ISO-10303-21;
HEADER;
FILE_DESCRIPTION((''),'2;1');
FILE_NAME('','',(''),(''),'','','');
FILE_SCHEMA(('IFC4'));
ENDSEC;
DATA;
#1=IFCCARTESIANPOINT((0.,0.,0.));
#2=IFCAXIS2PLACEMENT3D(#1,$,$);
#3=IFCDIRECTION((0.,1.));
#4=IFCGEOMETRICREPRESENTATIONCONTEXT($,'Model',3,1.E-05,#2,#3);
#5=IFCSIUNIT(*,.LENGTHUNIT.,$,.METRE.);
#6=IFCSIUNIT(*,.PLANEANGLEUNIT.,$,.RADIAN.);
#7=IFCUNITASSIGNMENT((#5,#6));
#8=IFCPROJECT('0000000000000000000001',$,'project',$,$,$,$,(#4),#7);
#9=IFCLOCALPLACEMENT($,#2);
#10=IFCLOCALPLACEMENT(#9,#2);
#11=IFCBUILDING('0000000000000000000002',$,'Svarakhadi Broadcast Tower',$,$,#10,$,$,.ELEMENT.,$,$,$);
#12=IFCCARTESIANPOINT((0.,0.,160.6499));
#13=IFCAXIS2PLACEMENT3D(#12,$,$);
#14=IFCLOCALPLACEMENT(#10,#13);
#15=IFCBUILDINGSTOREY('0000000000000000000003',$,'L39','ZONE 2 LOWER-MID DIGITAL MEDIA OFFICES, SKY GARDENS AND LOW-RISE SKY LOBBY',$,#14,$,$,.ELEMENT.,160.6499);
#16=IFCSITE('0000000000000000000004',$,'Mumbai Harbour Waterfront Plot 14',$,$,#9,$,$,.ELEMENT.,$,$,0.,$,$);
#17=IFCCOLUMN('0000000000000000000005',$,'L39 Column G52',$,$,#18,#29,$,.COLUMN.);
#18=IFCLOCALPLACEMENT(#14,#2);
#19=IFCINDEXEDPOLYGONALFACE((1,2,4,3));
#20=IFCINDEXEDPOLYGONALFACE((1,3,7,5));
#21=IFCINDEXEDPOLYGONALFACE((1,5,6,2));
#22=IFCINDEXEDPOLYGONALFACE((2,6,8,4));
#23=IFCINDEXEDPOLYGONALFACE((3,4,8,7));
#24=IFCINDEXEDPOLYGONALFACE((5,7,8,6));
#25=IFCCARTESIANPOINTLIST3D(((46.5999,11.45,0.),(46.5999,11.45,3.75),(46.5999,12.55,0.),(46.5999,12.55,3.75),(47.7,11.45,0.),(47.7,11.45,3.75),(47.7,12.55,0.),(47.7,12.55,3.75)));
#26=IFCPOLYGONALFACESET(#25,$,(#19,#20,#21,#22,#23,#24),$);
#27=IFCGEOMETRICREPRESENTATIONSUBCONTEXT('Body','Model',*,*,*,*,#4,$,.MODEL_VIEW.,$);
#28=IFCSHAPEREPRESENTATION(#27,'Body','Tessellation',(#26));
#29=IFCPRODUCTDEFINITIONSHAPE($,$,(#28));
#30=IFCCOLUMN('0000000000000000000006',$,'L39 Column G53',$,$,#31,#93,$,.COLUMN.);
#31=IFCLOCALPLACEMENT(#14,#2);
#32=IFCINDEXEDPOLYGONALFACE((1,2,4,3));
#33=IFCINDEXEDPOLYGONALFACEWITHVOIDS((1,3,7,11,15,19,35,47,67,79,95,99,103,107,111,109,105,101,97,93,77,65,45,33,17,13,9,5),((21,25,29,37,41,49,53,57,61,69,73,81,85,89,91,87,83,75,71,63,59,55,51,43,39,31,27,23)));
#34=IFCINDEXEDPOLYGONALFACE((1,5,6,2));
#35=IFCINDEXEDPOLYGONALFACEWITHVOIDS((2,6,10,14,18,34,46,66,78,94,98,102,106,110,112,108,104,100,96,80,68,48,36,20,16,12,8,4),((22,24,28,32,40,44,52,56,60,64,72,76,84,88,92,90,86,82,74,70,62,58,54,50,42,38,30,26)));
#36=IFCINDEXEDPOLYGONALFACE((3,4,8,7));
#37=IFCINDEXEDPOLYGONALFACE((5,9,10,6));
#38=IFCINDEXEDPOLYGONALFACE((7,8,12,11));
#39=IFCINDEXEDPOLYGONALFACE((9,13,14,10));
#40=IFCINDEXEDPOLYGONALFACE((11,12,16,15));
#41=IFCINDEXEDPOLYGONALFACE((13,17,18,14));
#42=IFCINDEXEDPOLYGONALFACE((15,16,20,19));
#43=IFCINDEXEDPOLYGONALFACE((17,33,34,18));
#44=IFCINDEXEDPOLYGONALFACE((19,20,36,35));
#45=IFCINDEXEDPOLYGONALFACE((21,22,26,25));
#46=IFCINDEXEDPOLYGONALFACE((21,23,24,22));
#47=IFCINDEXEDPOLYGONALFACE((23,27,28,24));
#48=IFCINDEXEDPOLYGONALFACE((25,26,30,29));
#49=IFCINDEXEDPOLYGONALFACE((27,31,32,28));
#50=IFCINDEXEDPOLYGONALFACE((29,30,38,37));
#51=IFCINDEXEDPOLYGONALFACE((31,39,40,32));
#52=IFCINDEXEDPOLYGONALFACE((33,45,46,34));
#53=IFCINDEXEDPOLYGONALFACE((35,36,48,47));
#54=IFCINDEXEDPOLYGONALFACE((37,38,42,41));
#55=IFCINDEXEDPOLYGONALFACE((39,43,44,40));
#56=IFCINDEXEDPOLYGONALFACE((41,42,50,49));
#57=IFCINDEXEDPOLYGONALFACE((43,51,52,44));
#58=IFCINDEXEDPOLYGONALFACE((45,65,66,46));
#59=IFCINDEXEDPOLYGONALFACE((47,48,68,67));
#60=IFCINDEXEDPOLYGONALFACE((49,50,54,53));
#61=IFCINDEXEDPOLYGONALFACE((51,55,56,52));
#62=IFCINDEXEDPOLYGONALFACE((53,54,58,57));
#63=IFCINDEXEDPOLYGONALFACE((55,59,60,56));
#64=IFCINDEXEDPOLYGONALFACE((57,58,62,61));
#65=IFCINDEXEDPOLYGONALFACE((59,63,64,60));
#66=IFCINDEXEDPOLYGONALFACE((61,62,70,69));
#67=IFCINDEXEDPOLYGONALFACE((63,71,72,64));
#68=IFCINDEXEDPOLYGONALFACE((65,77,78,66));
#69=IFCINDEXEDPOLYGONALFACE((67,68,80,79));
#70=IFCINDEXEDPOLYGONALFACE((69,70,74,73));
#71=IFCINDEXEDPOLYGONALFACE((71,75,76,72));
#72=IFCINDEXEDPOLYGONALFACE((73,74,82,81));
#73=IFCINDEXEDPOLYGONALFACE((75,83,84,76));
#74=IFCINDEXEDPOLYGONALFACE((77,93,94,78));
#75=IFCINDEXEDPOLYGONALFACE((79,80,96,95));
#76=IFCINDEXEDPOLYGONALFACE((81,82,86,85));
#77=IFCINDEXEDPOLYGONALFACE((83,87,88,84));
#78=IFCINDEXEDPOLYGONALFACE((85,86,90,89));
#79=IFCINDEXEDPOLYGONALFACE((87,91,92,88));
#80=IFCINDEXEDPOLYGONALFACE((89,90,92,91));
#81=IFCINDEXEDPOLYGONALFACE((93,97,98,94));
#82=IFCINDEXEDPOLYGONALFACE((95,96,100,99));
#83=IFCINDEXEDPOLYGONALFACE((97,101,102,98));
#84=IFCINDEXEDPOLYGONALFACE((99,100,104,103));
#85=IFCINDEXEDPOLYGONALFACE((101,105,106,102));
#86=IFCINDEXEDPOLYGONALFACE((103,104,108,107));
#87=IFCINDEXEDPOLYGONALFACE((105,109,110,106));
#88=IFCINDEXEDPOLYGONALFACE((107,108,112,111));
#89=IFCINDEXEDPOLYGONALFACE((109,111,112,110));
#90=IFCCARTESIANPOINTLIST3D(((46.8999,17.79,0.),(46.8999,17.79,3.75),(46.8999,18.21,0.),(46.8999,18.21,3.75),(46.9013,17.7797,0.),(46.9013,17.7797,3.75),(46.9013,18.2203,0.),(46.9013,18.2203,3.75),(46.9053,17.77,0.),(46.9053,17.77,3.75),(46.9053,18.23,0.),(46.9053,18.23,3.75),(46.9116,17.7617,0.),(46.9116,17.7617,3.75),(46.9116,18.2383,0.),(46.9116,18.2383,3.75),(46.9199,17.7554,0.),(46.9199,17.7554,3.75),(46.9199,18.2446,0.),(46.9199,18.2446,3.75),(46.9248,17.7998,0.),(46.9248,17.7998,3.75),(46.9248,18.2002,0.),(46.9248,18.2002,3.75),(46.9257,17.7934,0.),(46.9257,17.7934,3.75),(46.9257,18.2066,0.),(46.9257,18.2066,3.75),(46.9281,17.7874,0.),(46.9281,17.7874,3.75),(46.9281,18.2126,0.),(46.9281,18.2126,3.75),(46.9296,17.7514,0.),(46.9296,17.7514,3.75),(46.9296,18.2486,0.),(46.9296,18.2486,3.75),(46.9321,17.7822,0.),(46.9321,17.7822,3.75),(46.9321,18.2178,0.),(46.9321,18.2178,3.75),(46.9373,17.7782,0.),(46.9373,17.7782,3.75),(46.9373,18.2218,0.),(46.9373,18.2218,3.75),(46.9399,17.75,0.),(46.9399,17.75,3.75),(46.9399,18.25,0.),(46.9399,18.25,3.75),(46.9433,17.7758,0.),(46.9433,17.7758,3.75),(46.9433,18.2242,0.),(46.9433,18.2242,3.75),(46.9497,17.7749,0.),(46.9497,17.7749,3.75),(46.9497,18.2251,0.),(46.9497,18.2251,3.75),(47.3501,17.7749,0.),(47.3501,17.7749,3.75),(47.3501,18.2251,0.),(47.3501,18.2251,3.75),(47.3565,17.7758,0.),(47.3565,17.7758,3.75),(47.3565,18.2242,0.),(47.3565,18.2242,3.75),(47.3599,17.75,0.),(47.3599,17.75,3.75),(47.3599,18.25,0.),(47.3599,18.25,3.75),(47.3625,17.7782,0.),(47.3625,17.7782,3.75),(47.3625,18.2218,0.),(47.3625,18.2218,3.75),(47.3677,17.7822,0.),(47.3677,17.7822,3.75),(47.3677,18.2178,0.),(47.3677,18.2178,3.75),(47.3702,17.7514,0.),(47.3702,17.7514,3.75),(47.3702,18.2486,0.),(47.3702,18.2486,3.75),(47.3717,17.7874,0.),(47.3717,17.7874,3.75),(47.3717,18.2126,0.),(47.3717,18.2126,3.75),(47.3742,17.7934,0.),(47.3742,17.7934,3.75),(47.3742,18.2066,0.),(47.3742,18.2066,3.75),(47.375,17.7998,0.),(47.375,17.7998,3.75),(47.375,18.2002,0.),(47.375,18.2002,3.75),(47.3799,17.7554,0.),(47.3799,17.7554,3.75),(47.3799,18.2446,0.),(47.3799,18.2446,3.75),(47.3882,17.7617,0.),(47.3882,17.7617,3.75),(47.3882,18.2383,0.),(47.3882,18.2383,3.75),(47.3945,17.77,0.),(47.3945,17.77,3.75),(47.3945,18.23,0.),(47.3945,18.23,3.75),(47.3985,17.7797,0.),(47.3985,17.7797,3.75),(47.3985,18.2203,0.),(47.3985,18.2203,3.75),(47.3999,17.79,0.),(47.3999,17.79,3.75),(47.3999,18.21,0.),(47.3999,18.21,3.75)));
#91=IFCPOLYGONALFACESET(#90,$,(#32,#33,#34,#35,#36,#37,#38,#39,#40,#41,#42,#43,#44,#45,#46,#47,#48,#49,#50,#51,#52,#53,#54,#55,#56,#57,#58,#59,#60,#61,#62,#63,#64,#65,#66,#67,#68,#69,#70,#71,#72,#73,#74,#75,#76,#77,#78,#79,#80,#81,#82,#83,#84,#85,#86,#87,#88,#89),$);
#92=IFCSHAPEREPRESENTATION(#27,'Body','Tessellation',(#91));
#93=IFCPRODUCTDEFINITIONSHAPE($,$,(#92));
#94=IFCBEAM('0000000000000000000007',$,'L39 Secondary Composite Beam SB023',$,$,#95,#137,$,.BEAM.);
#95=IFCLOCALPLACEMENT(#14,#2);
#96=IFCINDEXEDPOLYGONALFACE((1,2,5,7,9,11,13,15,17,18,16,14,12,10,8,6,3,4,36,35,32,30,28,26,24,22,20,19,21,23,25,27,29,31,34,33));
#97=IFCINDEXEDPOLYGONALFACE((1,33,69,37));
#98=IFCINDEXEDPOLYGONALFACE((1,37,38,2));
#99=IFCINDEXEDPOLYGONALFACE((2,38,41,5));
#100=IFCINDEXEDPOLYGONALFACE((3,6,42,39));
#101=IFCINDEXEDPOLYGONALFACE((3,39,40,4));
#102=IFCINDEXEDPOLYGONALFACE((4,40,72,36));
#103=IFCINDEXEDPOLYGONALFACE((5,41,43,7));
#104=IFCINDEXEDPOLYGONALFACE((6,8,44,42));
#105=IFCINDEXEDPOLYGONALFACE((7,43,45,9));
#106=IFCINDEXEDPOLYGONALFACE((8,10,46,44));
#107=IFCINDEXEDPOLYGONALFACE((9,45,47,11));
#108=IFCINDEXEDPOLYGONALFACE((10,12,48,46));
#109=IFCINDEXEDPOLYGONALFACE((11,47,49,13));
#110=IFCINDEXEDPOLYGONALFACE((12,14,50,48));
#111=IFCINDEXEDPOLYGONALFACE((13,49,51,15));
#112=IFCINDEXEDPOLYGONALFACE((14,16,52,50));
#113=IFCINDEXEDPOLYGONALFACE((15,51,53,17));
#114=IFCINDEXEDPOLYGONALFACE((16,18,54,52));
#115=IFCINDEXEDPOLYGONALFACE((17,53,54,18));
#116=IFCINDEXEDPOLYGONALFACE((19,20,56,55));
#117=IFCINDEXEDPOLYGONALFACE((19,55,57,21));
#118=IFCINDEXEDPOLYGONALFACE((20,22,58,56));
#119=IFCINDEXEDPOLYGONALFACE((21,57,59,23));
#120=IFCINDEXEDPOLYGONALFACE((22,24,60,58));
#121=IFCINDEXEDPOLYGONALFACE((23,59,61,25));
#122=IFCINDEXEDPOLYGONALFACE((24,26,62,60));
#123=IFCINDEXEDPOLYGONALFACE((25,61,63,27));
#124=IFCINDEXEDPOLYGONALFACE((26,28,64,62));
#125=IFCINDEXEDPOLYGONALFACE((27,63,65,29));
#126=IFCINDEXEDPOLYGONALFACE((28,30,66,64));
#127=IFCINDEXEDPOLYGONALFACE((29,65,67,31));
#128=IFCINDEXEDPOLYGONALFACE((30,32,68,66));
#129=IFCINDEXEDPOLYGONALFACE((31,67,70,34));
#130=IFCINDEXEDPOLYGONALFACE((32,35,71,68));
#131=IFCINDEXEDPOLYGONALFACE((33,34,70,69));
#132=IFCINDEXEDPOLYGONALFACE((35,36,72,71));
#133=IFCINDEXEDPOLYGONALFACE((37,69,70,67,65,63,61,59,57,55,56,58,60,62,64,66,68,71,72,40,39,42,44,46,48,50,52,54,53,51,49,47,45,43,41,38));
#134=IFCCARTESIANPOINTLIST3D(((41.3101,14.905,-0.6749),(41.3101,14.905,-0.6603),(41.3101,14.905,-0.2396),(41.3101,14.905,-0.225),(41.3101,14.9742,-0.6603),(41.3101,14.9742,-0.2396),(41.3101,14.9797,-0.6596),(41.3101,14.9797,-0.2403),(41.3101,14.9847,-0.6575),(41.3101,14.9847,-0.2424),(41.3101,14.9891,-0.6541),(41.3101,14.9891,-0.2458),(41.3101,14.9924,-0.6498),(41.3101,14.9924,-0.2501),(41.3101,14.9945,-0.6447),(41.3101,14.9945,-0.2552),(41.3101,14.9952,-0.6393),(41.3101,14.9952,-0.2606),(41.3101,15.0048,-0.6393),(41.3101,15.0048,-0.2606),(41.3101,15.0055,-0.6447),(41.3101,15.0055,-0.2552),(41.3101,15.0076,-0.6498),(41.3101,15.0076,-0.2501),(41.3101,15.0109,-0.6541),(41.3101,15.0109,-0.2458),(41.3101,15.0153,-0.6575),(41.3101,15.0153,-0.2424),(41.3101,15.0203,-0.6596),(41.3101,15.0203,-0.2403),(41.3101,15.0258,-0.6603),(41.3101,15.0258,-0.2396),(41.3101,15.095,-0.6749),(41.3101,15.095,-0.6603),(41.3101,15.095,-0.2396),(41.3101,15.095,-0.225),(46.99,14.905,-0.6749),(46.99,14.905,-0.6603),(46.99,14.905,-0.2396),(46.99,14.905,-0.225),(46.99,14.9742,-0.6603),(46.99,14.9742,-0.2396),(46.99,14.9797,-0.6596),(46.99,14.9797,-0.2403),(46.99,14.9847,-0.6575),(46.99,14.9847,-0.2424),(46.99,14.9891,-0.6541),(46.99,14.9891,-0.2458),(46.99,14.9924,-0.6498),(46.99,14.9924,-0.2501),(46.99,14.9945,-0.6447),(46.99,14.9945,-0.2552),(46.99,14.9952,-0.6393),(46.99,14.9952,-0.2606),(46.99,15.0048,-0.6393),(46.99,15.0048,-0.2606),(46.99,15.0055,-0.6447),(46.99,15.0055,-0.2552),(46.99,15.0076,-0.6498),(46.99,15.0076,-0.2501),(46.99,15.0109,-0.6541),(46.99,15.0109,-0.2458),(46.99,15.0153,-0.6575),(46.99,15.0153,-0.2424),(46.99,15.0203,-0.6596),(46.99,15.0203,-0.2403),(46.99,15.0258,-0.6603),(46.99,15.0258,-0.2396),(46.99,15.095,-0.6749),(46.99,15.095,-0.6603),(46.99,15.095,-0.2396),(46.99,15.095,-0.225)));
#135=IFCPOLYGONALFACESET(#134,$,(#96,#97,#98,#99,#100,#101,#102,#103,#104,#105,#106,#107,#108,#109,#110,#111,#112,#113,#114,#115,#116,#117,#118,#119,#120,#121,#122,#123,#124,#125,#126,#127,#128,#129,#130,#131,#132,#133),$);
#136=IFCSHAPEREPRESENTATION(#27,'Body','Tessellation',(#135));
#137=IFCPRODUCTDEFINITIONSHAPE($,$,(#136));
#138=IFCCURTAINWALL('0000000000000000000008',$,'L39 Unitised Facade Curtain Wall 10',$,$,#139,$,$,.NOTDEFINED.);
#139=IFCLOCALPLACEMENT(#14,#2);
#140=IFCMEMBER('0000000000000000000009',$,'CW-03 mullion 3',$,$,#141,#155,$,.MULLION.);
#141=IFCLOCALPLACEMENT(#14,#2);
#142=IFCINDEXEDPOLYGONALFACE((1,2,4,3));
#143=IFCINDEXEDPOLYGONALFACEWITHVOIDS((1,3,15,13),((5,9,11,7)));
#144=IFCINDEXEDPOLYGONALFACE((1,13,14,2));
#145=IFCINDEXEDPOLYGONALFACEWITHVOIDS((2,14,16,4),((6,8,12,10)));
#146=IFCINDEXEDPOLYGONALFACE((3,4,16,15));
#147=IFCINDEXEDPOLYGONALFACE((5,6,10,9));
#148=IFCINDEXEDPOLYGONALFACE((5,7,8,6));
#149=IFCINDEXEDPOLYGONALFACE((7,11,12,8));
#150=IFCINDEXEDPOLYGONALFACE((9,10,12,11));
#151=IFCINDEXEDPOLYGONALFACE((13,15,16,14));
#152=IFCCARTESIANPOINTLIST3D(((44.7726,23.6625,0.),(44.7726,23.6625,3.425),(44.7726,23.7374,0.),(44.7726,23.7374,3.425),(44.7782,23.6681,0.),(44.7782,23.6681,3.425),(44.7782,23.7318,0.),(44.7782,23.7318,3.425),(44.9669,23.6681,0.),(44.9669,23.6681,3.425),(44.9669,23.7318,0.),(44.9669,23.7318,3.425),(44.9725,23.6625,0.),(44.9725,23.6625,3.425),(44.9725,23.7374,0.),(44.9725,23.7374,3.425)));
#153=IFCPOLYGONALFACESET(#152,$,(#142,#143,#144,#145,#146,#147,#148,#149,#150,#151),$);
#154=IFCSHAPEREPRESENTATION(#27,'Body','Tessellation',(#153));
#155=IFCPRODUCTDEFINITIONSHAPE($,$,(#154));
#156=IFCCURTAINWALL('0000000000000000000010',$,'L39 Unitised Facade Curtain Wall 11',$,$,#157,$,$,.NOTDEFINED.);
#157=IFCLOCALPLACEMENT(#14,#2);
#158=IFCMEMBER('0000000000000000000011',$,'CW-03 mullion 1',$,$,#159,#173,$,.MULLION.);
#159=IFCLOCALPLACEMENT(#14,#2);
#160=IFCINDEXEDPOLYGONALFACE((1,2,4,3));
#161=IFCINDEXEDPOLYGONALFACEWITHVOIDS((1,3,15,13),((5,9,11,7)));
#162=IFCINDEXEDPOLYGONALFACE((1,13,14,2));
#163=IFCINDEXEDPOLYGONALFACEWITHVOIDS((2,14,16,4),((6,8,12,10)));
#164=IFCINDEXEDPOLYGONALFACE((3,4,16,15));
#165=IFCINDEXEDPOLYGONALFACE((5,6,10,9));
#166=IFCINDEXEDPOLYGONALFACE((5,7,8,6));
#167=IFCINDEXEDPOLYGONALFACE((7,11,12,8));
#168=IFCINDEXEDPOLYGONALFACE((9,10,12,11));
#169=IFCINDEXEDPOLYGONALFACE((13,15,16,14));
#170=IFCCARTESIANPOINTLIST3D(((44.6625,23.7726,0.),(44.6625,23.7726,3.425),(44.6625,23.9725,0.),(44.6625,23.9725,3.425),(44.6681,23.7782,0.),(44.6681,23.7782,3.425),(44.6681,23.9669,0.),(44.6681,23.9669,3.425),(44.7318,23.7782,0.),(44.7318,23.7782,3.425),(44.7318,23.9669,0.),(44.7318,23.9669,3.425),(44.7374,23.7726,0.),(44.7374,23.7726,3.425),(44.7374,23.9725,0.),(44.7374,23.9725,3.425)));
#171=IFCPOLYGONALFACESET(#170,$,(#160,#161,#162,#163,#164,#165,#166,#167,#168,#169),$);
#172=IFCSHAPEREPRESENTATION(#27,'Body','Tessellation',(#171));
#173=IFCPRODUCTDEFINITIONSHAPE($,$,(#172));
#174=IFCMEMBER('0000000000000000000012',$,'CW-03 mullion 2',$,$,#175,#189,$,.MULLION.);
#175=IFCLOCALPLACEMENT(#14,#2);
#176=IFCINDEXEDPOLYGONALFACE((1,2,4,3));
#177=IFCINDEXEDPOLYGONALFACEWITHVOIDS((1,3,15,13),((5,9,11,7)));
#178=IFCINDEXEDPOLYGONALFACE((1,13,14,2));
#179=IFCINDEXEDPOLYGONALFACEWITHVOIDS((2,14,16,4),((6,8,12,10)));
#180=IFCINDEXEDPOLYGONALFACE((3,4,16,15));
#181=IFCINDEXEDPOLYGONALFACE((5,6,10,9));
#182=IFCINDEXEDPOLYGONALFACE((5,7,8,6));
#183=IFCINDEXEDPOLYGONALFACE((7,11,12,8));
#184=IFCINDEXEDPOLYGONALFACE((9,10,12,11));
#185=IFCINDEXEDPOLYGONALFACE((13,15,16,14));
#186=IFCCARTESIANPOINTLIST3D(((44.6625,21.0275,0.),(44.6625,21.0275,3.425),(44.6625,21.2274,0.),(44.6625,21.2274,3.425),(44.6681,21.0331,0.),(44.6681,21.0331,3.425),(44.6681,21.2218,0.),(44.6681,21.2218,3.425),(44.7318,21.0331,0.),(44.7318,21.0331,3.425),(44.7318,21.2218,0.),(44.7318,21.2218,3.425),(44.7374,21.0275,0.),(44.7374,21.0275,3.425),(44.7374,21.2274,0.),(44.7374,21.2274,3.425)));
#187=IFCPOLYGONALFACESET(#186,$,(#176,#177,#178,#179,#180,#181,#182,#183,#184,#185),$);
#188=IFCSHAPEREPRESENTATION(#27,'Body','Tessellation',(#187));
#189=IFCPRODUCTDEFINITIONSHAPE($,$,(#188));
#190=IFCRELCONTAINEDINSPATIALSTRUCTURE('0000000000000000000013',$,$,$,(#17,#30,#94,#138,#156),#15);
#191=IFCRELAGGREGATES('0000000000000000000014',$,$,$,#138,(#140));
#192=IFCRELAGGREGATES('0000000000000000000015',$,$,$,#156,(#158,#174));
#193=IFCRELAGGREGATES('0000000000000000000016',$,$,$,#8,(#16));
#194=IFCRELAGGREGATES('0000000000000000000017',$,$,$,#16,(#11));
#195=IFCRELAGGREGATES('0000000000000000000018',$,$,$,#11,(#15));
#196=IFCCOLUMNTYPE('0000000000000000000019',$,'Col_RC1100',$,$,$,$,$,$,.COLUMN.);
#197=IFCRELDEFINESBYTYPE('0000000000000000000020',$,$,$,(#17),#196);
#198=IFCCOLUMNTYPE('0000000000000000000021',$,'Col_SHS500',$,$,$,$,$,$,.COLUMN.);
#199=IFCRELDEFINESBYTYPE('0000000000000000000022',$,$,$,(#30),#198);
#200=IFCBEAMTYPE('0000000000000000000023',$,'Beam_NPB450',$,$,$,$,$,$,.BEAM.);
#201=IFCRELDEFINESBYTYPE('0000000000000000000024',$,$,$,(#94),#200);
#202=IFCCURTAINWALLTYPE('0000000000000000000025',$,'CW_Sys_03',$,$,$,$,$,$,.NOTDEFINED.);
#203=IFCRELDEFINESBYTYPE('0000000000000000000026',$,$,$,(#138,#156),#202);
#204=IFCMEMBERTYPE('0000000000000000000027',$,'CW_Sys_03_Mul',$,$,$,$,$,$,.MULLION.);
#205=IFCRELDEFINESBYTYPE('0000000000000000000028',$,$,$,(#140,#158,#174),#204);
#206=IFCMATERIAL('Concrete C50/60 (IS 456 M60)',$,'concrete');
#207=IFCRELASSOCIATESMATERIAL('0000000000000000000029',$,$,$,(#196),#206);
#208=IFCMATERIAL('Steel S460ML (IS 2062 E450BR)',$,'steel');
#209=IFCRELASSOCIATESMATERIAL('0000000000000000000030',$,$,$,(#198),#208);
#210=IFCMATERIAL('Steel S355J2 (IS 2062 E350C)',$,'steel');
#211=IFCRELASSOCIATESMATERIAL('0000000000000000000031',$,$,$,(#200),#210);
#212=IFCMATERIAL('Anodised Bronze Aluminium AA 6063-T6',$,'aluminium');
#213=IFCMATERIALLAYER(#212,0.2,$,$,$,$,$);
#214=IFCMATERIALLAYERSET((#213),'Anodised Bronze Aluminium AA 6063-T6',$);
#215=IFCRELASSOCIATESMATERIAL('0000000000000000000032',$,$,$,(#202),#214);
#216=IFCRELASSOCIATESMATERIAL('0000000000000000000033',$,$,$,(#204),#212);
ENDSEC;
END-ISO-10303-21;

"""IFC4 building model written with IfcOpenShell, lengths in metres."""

from ifc_helpers import new_model, si_unit, direction, frame, origin, origin_2d, place, context, subcontext, project, spatial, rectangle, hollow_rectangle, i_section, extrude, material, layer, layer_set, material_profile, profile_set, type_object, element, aggregate, save


model = new_model("IFC4")

# Units and contexts
model_context = context("Model", 3, precision=1e-05, world=origin(), true_north=direction((0.0, 1.0)))
body_context = subcontext(model_context, "Body", "Model", "MODEL_VIEW")
ifc_project = project(units=[si_unit("LENGTHUNIT", "METRE"), si_unit("PLANEANGLEUNIT", "RADIAN")], contexts=[model_context])

# Site, building, storey
site_placement = place(None, origin())
site = spatial("IfcSite", under=ifc_project, at=site_placement, Name="Mumbai Harbour Waterfront Plot 14", CompositionType="ELEMENT", RefElevation=0.0)
building_placement = place(site_placement, origin())
building = spatial("IfcBuilding", under=site, at=building_placement, Name="Svarakhadi Broadcast Tower", CompositionType="ELEMENT")
storey_placement = place(building_placement, frame((0.0, 0.0, 160.6499)))
storey = spatial("IfcBuildingStorey", under=building, at=storey_placement, Name="L39", Description="ZONE 2 LOWER-MID DIGITAL MEDIA OFFICES, SKY GARDENS AND LOW-RISE SKY LOBBY", CompositionType="ELEMENT", Elevation=160.6499)

# Columns
ifc_material_1 = material(Name="Concrete C50/60 (IS 456 M60)", Category="concrete")
ifc_material_profile_1 = material_profile(ifc_material_1, rectangle(XDim=1.1001, YDim=1.1001, at=origin_2d()), Name="RC 1100x1100")
ifc_profile_set_1 = profile_set([ifc_material_profile_1], Name="Concrete C50/60 (IS 456 M60)")
column_type_1 = type_object("IfcColumnType", Name="Col_RC1100", PredefinedType="COLUMN", material=ifc_profile_set_1)
column_1_placement = place(storey_placement, frame((47.1499, 12.0, 0.0), z_axis=(0.0, 0.0, 1.0), x_axis=(1.0, 0.0, 0.0)))
element("IfcColumn", 1, at=column_1_placement, inside=storey, type_object=column_type_1, Name="L39 Column G52", PredefinedType="COLUMN", context=body_context, shape_type="SweptSolid", body=[
    extrude(rectangle(XDim=1.1001, YDim=1.1001, at=origin_2d()), origin(), (0.0, 0.0, 1.0), 3.75),
])
ifc_material_2 = material(Name="Steel S460ML (IS 2062 E450BR)", Category="steel")
ifc_material_profile_2 = material_profile(ifc_material_2, hollow_rectangle(XDim=0.5, YDim=0.5, WallThickness=0.0249, InnerFilletRadius=0.0249, OuterFilletRadius=0.04, at=origin_2d()), Name="SHS 500x500x25")
ifc_profile_set_2 = profile_set([ifc_material_profile_2], Name="Steel S460ML (IS 2062 E450BR)")
column_type_2 = type_object("IfcColumnType", Name="Col_SHS500", PredefinedType="COLUMN", material=ifc_profile_set_2)
column_2_placement = place(storey_placement, frame((47.1499, 18.0, 0.0), z_axis=(0.0, 0.0, 1.0), x_axis=(1.0, 0.0, 0.0)))
element("IfcColumn", 2, at=column_2_placement, inside=storey, type_object=column_type_2, Name="L39 Column G53", PredefinedType="COLUMN", context=body_context, shape_type="SweptSolid", body=[
    extrude(hollow_rectangle(XDim=0.5, YDim=0.5, WallThickness=0.0249, InnerFilletRadius=0.0249, OuterFilletRadius=0.04, at=origin_2d()), origin(), (0.0, 0.0, 1.0), 3.75),
])

# Beam
ifc_material_3 = material(Name="Steel S355J2 (IS 2062 E350C)", Category="steel")
ifc_material_profile_3 = material_profile(ifc_material_3, i_section(OverallWidth=0.1899, OverallDepth=0.45, WebThickness=0.0095, FlangeThickness=0.0146, FilletRadius=0.021, at=origin_2d()), Name="NPB 450x190x78")
ifc_profile_set_3 = profile_set([ifc_material_profile_3], Name="Steel S355J2 (IS 2062 E350C)")
beam_type_1 = type_object("IfcBeamType", Name="Beam_NPB450", PredefinedType="BEAM", material=ifc_profile_set_3)
beam_placement = place(storey_placement, frame((41.3101, 15.0, -0.45), z_axis=(1.0, 0.0, 0.0), x_axis=(0.0, 1.0, 0.0)))
element("IfcBeam", 3, at=beam_placement, inside=storey, type_object=beam_type_1, Name="L39 Secondary Composite Beam SB023", PredefinedType="BEAM", context=body_context, shape_type="SweptSolid", body=[
    extrude(i_section(OverallWidth=0.1899, OverallDepth=0.45, WebThickness=0.0095, FlangeThickness=0.0146, FilletRadius=0.021, at=origin_2d()), origin(), (0.0, 0.0, 1.0), 5.6799),
])

# Curtain wall, member
ifc_material_4 = material(Name="Anodised Bronze Aluminium AA 6063-T6", Category="aluminium")
ifc_layer_1 = layer(ifc_material_4, 0.2)
ifc_layer_set_1 = layer_set([ifc_layer_1], Name="Anodised Bronze Aluminium AA 6063-T6")
curtain_wall_type = type_object("IfcCurtainWallType", Name="CW_Sys_03", PredefinedType="NOTDEFINED", material=ifc_layer_set_1)
curtain_wall_1_placement = place(storey_placement, origin())
curtain_wall_1 = element("IfcCurtainWall", 4, at=curtain_wall_1_placement, inside=storey, type_object=curtain_wall_type, Name="L39 Unitised Facade Curtain Wall 10", PredefinedType="NOTDEFINED")
ifc_material_profile_4 = material_profile(ifc_material_4, hollow_rectangle(XDim=0.075, YDim=0.2, WallThickness=0.0056, at=origin_2d()), Name="ALU MULLION 200x75x6")
ifc_profile_set_4 = profile_set([ifc_material_profile_4], Name="Anodised Bronze Aluminium AA 6063-T6")
member_type_1 = type_object("IfcMemberType", Name="CW_Sys_03_Mul", PredefinedType="MULLION", material=ifc_profile_set_4)
member_1_placement = place(storey_placement, frame((44.8726, 23.7, 0.0), z_axis=(0.0, 0.0, 1.0), x_axis=(0.0, 1.0, 0.0)))
member_1 = element("IfcMember", 5, at=member_1_placement, type_object=member_type_1, Name="CW-03 mullion 3", PredefinedType="MULLION", context=body_context, shape_type="SweptSolid", body=[
    extrude(hollow_rectangle(XDim=0.075, YDim=0.2, WallThickness=0.0056, at=origin_2d()), origin(), (0.0, 0.0, 1.0), 3.425),
])
aggregate(curtain_wall_1, [member_1])

# Curtain wall, members
curtain_wall_2_placement = place(storey_placement, origin())
curtain_wall_2 = element("IfcCurtainWall", 6, at=curtain_wall_2_placement, inside=storey, type_object=curtain_wall_type, Name="L39 Unitised Facade Curtain Wall 11", PredefinedType="NOTDEFINED")
member_2_placement = place(storey_placement, frame((44.7, 23.8726, 0.0), z_axis=(0.0, 0.0, 1.0), x_axis=(1.0, 0.0, 0.0)))
member_2 = element("IfcMember", 7, at=member_2_placement, type_object=member_type_1, Name="CW-03 mullion 1", PredefinedType="MULLION", context=body_context, shape_type="SweptSolid", body=[
    extrude(hollow_rectangle(XDim=0.075, YDim=0.2, WallThickness=0.0056, at=origin_2d()), origin(), (0.0, 0.0, 1.0), 3.425),
])
member_3_placement = place(storey_placement, frame((44.7, 21.1274, 0.0), z_axis=(0.0, 0.0, 1.0), x_axis=(1.0, 0.0, 0.0)))
member_3 = element("IfcMember", 8, at=member_3_placement, type_object=member_type_1, Name="CW-03 mullion 2", PredefinedType="MULLION", context=body_context, shape_type="SweptSolid", body=[
    extrude(hollow_rectangle(XDim=0.075, YDim=0.2, WallThickness=0.0056, at=origin_2d()), origin(), (0.0, 0.0, 1.0), 3.425),
])

aggregate(curtain_wall_2, [member_2, member_3])

save(model, "model.ifc")
